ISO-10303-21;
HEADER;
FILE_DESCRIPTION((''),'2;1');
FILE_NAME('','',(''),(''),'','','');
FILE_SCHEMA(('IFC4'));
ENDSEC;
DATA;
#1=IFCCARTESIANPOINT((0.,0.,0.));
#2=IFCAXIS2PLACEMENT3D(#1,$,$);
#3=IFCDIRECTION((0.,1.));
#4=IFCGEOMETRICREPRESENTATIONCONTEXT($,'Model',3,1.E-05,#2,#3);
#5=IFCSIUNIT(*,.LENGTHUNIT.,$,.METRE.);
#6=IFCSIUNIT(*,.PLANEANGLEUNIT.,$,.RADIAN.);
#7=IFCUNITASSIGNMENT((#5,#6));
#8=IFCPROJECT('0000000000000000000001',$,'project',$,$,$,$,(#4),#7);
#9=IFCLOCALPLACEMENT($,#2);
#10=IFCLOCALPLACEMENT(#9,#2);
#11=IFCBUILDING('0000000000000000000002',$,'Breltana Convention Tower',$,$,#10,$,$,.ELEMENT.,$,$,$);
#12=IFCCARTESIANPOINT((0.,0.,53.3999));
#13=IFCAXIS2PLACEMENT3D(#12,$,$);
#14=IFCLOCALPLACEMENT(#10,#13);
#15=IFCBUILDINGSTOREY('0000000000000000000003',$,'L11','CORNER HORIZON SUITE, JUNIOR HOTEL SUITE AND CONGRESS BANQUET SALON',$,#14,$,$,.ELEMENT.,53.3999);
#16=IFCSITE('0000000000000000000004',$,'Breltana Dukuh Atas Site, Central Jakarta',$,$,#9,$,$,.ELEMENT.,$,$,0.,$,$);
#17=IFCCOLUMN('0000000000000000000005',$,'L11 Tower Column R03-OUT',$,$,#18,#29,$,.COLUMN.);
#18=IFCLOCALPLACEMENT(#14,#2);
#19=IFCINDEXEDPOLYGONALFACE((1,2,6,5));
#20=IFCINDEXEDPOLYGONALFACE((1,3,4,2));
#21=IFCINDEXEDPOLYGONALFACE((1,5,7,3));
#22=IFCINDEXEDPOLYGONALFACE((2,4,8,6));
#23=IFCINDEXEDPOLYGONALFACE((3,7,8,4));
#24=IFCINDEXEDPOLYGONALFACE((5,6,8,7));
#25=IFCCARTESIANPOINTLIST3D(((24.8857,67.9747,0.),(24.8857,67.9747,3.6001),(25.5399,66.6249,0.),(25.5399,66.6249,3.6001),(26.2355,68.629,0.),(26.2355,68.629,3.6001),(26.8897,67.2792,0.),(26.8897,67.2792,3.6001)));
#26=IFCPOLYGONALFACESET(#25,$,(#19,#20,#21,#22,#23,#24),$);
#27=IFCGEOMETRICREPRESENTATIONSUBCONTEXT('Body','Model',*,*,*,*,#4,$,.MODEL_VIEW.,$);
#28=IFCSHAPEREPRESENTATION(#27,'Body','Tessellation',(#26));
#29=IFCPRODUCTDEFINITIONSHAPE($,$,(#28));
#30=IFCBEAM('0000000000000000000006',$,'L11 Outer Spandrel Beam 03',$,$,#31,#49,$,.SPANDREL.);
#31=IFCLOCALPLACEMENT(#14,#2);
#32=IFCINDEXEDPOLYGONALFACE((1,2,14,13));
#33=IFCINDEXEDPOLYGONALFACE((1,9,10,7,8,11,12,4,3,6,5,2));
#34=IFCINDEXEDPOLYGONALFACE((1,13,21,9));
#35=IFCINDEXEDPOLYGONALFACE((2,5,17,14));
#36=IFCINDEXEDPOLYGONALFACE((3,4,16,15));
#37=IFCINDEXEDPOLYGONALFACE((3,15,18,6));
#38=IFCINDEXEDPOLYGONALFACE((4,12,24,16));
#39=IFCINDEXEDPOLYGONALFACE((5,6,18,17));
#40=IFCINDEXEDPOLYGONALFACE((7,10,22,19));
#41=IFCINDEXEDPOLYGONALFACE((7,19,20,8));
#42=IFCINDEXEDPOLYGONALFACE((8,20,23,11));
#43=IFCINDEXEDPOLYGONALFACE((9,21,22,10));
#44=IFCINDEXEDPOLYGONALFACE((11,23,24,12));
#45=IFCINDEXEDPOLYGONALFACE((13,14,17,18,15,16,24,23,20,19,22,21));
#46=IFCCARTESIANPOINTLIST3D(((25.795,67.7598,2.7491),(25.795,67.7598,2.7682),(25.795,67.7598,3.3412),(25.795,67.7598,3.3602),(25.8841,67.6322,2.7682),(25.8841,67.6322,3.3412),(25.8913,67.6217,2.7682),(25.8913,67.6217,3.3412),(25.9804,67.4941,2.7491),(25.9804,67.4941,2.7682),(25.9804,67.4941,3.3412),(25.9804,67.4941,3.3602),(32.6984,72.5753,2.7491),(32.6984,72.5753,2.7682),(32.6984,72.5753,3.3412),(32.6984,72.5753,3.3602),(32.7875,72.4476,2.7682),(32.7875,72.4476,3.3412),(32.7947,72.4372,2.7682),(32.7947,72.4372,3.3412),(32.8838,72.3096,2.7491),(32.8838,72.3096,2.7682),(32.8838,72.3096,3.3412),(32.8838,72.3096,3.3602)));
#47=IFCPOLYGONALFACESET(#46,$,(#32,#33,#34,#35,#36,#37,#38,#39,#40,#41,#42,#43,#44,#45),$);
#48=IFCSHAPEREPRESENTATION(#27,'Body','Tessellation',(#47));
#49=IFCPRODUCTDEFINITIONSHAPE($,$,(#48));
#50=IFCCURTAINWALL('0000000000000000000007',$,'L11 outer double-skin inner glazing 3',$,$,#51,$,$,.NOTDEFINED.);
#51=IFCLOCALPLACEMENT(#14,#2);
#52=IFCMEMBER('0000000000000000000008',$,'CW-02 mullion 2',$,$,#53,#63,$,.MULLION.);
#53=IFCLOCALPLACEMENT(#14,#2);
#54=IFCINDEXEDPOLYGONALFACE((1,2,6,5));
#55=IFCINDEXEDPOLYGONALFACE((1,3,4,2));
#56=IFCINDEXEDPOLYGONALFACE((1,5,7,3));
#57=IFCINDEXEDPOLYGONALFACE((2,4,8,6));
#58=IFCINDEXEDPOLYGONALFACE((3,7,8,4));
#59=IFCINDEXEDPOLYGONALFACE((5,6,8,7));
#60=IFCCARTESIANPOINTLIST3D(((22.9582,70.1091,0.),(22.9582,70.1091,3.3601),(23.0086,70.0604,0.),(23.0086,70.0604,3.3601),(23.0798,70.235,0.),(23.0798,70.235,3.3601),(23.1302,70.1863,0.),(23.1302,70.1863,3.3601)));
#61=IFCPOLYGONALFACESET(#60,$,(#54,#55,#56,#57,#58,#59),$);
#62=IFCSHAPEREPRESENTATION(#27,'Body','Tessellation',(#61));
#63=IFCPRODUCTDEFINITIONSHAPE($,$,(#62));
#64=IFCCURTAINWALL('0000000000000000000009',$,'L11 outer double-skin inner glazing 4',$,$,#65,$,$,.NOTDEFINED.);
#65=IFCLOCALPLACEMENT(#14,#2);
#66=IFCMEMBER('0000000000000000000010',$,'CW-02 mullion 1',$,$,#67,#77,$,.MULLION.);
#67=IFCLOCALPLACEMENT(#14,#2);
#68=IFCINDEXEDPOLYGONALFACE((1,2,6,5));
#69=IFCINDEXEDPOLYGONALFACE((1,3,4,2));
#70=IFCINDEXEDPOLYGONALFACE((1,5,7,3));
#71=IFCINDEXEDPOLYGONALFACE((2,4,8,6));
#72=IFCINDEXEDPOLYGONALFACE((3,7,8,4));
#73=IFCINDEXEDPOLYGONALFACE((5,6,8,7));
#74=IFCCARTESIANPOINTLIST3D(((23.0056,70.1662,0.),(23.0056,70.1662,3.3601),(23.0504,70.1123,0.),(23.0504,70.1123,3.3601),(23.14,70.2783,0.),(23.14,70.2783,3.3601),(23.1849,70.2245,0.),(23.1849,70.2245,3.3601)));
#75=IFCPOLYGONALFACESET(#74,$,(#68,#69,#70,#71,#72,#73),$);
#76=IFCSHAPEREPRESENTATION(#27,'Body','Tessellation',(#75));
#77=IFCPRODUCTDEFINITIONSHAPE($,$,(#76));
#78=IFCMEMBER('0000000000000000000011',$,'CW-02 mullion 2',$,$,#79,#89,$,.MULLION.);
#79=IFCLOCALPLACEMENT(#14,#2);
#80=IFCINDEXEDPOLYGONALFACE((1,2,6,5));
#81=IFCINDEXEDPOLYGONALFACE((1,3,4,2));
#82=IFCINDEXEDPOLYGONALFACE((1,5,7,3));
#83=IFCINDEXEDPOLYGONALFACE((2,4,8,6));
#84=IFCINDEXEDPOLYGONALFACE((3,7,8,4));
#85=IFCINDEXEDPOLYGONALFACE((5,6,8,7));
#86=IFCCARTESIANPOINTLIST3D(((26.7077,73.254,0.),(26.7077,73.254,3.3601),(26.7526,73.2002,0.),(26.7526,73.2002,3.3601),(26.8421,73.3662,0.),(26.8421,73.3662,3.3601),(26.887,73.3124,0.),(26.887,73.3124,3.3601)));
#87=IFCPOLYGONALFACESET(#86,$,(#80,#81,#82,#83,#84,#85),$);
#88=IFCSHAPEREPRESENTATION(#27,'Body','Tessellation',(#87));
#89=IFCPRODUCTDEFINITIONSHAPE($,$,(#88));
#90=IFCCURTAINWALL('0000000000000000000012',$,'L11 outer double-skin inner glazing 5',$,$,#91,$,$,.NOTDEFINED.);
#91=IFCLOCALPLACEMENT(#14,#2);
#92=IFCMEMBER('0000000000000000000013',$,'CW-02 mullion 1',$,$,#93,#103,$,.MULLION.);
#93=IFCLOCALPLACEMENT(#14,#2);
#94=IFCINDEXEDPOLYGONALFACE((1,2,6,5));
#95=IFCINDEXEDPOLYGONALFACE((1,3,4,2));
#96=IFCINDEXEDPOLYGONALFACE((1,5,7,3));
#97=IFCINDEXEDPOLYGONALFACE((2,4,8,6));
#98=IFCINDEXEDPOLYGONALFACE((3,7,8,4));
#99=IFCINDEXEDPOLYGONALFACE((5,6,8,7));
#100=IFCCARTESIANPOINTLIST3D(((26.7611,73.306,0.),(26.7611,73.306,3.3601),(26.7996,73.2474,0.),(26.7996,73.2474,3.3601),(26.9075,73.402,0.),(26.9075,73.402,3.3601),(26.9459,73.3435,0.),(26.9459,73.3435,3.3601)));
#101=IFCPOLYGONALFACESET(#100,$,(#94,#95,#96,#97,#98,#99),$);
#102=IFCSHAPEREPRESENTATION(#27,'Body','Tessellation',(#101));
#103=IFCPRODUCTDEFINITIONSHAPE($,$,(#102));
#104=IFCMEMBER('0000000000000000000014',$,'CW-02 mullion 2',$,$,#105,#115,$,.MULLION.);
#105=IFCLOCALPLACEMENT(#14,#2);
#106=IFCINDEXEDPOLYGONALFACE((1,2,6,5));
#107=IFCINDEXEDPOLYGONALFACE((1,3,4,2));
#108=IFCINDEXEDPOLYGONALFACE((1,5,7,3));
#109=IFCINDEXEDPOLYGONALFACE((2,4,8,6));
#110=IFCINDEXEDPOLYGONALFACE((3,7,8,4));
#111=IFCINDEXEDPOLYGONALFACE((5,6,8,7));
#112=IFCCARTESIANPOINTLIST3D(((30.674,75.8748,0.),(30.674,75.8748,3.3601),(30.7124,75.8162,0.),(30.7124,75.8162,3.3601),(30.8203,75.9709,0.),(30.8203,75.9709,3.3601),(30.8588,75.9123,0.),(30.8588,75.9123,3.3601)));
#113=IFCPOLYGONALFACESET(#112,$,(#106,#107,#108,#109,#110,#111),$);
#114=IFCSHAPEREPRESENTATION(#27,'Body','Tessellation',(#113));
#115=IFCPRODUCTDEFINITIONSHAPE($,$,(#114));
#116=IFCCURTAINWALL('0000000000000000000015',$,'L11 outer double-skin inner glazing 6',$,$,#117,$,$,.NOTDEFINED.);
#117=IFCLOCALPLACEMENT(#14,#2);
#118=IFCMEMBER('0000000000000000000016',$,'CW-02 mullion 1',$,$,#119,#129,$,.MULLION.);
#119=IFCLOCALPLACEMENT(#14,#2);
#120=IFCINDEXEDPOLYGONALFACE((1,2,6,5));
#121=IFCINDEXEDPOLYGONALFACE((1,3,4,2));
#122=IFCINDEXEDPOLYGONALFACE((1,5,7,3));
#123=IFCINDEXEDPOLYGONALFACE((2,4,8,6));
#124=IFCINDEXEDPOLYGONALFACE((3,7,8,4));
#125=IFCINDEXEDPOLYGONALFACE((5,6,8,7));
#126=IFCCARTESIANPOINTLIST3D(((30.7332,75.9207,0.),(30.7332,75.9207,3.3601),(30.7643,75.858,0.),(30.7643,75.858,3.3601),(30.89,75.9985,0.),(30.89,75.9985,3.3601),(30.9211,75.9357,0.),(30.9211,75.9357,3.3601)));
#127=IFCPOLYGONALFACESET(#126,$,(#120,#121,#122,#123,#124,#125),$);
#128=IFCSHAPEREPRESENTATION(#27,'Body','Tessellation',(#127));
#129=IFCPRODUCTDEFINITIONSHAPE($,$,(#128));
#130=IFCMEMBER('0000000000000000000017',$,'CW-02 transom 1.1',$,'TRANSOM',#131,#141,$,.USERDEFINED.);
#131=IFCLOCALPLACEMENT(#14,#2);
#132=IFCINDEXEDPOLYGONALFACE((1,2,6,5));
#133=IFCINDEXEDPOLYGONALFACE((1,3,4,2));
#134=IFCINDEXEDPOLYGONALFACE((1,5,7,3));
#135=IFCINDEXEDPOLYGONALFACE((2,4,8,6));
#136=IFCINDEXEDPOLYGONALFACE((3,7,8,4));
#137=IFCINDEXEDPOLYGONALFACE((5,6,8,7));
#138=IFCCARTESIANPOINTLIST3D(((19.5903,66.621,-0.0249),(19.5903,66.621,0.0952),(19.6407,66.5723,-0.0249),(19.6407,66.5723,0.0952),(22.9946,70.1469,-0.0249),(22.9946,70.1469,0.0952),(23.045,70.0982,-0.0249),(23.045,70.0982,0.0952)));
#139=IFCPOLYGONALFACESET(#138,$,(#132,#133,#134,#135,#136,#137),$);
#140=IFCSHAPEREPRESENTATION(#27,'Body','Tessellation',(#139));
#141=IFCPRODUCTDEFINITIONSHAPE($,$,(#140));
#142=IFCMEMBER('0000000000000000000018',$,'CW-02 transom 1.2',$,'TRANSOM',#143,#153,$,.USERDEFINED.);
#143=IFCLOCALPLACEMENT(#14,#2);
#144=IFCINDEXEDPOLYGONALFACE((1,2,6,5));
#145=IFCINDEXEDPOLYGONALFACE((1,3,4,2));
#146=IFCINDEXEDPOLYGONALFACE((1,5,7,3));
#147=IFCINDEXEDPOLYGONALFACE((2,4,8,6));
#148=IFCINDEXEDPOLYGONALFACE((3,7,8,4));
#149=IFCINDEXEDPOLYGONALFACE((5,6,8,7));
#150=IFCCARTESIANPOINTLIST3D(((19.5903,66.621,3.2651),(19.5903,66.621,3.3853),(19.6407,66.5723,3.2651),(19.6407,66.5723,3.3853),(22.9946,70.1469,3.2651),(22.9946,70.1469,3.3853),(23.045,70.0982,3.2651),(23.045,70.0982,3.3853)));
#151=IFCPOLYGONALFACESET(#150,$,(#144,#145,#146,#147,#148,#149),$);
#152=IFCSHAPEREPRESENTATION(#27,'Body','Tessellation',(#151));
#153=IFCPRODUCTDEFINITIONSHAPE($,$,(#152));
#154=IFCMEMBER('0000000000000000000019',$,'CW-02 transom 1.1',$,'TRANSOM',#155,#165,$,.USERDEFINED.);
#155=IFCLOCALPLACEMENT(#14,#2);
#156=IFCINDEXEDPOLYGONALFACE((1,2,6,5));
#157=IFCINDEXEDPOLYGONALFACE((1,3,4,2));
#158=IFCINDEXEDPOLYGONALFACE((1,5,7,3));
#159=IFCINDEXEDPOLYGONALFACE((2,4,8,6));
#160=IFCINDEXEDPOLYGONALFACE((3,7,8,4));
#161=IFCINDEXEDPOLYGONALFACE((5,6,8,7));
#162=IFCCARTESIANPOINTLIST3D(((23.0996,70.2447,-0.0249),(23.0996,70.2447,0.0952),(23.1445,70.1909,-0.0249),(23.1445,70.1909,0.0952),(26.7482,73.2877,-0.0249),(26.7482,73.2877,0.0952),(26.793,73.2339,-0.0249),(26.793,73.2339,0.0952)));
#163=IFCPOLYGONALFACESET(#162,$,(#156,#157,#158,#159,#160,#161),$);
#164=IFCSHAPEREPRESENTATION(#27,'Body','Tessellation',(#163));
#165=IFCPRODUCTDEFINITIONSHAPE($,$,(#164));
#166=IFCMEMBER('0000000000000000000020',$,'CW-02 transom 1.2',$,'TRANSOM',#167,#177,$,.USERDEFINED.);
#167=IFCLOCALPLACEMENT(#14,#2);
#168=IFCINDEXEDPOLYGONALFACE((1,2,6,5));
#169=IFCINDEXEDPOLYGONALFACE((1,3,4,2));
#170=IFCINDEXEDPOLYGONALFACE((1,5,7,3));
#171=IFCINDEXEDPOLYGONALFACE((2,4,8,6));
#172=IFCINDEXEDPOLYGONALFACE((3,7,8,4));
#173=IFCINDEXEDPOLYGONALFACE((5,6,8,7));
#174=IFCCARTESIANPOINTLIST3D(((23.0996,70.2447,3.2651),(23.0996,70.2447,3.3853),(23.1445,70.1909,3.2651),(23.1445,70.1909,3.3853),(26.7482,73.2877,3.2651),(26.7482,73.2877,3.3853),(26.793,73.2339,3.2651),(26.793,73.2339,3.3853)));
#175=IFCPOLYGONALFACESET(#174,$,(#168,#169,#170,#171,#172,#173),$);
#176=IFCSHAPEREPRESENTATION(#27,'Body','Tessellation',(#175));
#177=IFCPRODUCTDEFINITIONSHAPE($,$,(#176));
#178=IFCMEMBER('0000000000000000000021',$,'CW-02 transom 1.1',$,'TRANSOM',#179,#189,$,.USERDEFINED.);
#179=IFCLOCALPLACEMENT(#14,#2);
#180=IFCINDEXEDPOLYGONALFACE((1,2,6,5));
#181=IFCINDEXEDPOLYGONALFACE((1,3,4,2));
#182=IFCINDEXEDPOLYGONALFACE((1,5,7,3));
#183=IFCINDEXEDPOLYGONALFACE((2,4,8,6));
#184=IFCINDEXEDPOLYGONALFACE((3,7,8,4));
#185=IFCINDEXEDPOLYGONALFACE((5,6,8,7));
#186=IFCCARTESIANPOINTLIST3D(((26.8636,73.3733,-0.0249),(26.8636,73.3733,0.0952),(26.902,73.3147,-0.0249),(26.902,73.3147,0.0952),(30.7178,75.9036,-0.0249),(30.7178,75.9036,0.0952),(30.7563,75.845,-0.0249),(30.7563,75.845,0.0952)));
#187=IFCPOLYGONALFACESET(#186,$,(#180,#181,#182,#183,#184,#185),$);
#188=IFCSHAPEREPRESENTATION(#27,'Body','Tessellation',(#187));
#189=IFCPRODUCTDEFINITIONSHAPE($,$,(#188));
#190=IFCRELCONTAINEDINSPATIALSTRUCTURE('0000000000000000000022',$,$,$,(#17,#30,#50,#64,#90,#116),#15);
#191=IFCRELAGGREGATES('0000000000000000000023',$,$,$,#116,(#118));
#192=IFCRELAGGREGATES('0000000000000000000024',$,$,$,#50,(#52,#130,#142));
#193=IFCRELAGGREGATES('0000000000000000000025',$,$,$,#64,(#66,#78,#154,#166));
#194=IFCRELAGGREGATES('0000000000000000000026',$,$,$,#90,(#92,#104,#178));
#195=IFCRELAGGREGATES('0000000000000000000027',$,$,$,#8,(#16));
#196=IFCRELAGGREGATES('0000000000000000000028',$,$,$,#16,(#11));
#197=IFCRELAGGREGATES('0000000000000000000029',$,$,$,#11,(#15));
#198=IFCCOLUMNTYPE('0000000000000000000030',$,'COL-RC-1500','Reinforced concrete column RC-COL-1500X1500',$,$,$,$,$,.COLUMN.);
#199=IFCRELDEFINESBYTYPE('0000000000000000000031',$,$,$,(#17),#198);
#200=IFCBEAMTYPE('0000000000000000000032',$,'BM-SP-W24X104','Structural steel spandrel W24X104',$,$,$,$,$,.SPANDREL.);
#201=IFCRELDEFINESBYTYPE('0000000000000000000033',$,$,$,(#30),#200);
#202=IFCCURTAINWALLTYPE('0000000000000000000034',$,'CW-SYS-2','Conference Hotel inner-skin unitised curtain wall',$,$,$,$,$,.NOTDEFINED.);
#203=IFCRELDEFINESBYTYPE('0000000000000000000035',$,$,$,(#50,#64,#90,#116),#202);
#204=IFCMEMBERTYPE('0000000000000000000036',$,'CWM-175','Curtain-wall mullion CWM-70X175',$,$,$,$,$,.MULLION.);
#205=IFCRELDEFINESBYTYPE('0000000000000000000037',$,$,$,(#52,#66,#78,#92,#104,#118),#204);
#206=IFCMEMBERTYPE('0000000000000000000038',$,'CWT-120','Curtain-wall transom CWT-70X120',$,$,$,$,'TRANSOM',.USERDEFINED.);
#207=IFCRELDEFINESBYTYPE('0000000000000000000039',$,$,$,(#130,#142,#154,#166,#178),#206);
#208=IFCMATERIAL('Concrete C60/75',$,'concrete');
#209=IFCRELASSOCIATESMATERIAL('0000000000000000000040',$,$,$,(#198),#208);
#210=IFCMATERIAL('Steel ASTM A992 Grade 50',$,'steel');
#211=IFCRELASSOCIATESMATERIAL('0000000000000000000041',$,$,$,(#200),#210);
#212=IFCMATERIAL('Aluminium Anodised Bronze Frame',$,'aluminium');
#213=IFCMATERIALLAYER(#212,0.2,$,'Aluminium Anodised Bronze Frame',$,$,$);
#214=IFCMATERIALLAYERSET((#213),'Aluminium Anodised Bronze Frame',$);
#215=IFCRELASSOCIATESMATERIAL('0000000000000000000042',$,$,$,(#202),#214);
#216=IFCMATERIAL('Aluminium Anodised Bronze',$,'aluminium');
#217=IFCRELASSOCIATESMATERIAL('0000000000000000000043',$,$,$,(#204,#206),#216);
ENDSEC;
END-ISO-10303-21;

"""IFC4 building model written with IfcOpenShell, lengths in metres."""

from ifc_helpers import new_model, si_unit, direction, frame, origin, origin_2d, place, context, subcontext, project, spatial, rectangle, i_section, extrude, source, transform, mapped, material, layer, layer_set, material_profile, profile_set, type_object, type_shapes, element, aggregate, save


model = new_model("IFC4")

# Units and contexts
model_context = context("Model", 3, precision=1e-05, world=origin(), true_north=direction((0.0, 1.0)))
body_context = subcontext(model_context, "Body", "Model", "MODEL_VIEW")
ifc_project = project(units=[si_unit("LENGTHUNIT", "METRE"), si_unit("PLANEANGLEUNIT", "RADIAN")], contexts=[model_context])

# Site, building, storey
site_placement = place(None, origin())
site = spatial("IfcSite", under=ifc_project, at=site_placement, Name="Breltana Dukuh Atas Site, Central Jakarta", CompositionType="ELEMENT", RefElevation=0.0)
building_placement = place(site_placement, origin())
building = spatial("IfcBuilding", under=site, at=building_placement, Name="Breltana Convention Tower", CompositionType="ELEMENT")
storey_placement = place(building_placement, frame((0.0, 0.0, 53.3999)))
storey = spatial("IfcBuildingStorey", under=building, at=storey_placement, Name="L11", Description="CORNER HORIZON SUITE, JUNIOR HOTEL SUITE AND CONGRESS BANQUET SALON", CompositionType="ELEMENT", Elevation=53.3999)

# Column
ifc_material_1 = material(Name="Concrete C60/75", Category="concrete")
ifc_material_profile_1 = material_profile(ifc_material_1, rectangle(XDim=1.5, YDim=1.5, at=origin_2d()), Name="RC-COL-1500X1500")
ifc_profile_set_1 = profile_set([ifc_material_profile_1], Name="Concrete C60/75")
column_type = type_object("IfcColumnType", Name="COL-RC-1500", Description="Reinforced concrete column RC-COL-1500X1500", PredefinedType="COLUMN", material=ifc_profile_set_1)
shared_shape_1 = source(origin(), body_context, "Body", "SweptSolid", [
    extrude(rectangle(XDim=1.5, YDim=1.5, at=origin_2d()), origin(), (0.0, 0.0, 1.0), 3.6001),
])
column_placement = place(storey_placement, frame((25.8877, 67.627, 0.0), z_axis=(0.0, 0.0, 1.0), x_axis=(-0.436174, 0.899863, 0.0)))
element("IfcColumn", 1, at=column_placement, inside=storey, type_object=column_type, Name="L11 Tower Column R03-OUT", PredefinedType="COLUMN", context=body_context, shape_type="MappedRepresentation", body=[
    mapped(shared_shape_1, transform((0.0, 0.0, 0.0), scale=1.0)),
])

# Beam
ifc_material_2 = material(Name="Steel ASTM A992 Grade 50", Category="steel")
ifc_material_profile_2 = material_profile(ifc_material_2, i_section(OverallWidth=0.324, OverallDepth=0.6111, WebThickness=0.0127, FlangeThickness=0.019, at=origin_2d()), Name="W24X104")
ifc_profile_set_2 = profile_set([ifc_material_profile_2], Name="Steel ASTM A992 Grade 50")
beam_type = type_object("IfcBeamType", Name="BM-SP-W24X104", Description="Structural steel spandrel W24X104", PredefinedType="SPANDREL", material=ifc_profile_set_2)
shared_shape_2 = source(origin(), body_context, "Body", "SweptSolid", [
    extrude(i_section(OverallWidth=0.324, OverallDepth=0.6111, WebThickness=0.0127, FlangeThickness=0.019, at=origin_2d()), origin(), (0.0, 0.0, 1.0), 8.417),
])
beam_placement = place(storey_placement, frame((25.8877, 67.627, 3.0547), z_axis=(0.820174, 0.572114, 0.0), x_axis=(-0.572114, 0.820174, 0.0)))
element("IfcBeam", 2, at=beam_placement, inside=storey, type_object=beam_type, Name="L11 Outer Spandrel Beam 03", PredefinedType="SPANDREL", context=body_context, shape_type="MappedRepresentation", body=[
    mapped(shared_shape_2, transform((0.0, 0.0, 0.0), scale=1.0)),
])

# Curtain wall, member
ifc_material_3 = material(Name="Aluminium Anodised Bronze Frame", Category="aluminium")
ifc_layer_1 = layer(ifc_material_3, 0.2, Name="Aluminium Anodised Bronze Frame")
ifc_layer_set_1 = layer_set([ifc_layer_1], Name="Aluminium Anodised Bronze Frame")
curtain_wall_type = type_object("IfcCurtainWallType", Name="CW-SYS-2", Description="Conference Hotel inner-skin unitised curtain wall", PredefinedType="NOTDEFINED", material=ifc_layer_set_1)
curtain_wall_1_placement = place(storey_placement, origin())
curtain_wall_1 = element("IfcCurtainWall", 3, at=curtain_wall_1_placement, inside=storey, type_object=curtain_wall_type, Name="L11 outer double-skin inner glazing 3", PredefinedType="NOTDEFINED")
ifc_material_4 = material(Name="Aluminium Anodised Bronze", Category="aluminium")
ifc_material_profile_3 = material_profile(ifc_material_4, rectangle(XDim=0.0701, YDim=0.175, at=origin_2d()), Name="CWM-70X175")
ifc_profile_set_3 = profile_set([ifc_material_profile_3], Name="Aluminium Anodised Bronze")
member_type_1 = type_object("IfcMemberType", Name="CWM-175", Description="Curtain-wall mullion CWM-70X175", PredefinedType="MULLION", material=ifc_profile_set_3)
shared_shape_3 = source(origin(), body_context, "Body", "SweptSolid", [
    extrude(rectangle(XDim=0.0701, YDim=0.175, at=origin_2d()), origin(), (0.0, 0.0, 1.0), 3.3601),
])
type_shapes(member_type_1, [shared_shape_3])
member_1_placement = place(storey_placement, frame((23.0442, 70.1477, 0.0), z_axis=(0.0, 0.0, 1.0), x_axis=(-0.719386, 0.69461, 0.0)))
member_1 = element("IfcMember", 4, at=member_1_placement, type_object=member_type_1, Name="CW-02 mullion 2", PredefinedType="MULLION", context=body_context, shape_type="MappedRepresentation", body=[
    mapped(shared_shape_3, transform((0.0, 0.0, 0.0), scale=1.0)),
])

# Curtain walls, members
curtain_wall_2_placement = place(storey_placement, origin())
curtain_wall_2 = element("IfcCurtainWall", 5, at=curtain_wall_2_placement, inside=storey, type_object=curtain_wall_type, Name="L11 outer double-skin inner glazing 4", PredefinedType="NOTDEFINED")
member_2_placement = place(storey_placement, frame((23.0952, 70.1953, 0.0), z_axis=(0.0, 0.0, 1.0), x_axis=(-0.64052, 0.767941, 0.0)))
member_2 = element("IfcMember", 6, at=member_2_placement, type_object=member_type_1, Name="CW-02 mullion 1", PredefinedType="MULLION", context=body_context, shape_type="MappedRepresentation", body=[
    mapped(shared_shape_3, transform((0.0, 0.0, 0.0), scale=1.0)),
])
member_3_placement = place(storey_placement, frame((26.7974, 73.2832, 0.0), z_axis=(0.0, 0.0, 1.0), x_axis=(-0.64052, 0.767941, 0.0)))
member_3 = element("IfcMember", 7, at=member_3_placement, type_object=member_type_1, Name="CW-02 mullion 2", PredefinedType="MULLION", context=body_context, shape_type="MappedRepresentation", body=[
    mapped(shared_shape_3, transform((0.0, 0.0, 0.0), scale=1.0)),
])
curtain_wall_3_placement = place(storey_placement, origin())
curtain_wall_3 = element("IfcCurtainWall", 8, at=curtain_wall_3_placement, inside=storey, type_object=curtain_wall_type, Name="L11 outer double-skin inner glazing 5", PredefinedType="NOTDEFINED")
member_4_placement = place(storey_placement, frame((26.8535, 73.3247, 0.0), z_axis=(0.0, 0.0, 1.0), x_axis=(-0.548784, 0.835964, 0.0)))
member_4 = element("IfcMember", 9, at=member_4_placement, type_object=member_type_1, Name="CW-02 mullion 1", PredefinedType="MULLION", context=body_context, shape_type="MappedRepresentation", body=[
    mapped(shared_shape_3, transform((0.0, 0.0, 0.0), scale=1.0)),
])
member_5_placement = place(storey_placement, frame((30.7664, 75.8936, 0.0), z_axis=(0.0, 0.0, 1.0), x_axis=(-0.548784, 0.835964, 0.0)))
member_5 = element("IfcMember", 10, at=member_5_placement, type_object=member_type_1, Name="CW-02 mullion 2", PredefinedType="MULLION", context=body_context, shape_type="MappedRepresentation", body=[
    mapped(shared_shape_3, transform((0.0, 0.0, 0.0), scale=1.0)),
])

# Curtain wall, member
curtain_wall_4_placement = place(storey_placement, origin())
curtain_wall_4 = element("IfcCurtainWall", 11, at=curtain_wall_4_placement, inside=storey, type_object=curtain_wall_type, Name="L11 outer double-skin inner glazing 6", PredefinedType="NOTDEFINED")
member_6_placement = place(storey_placement, frame((30.8271, 75.9282, 0.0), z_axis=(0.0, 0.0, 1.0), x_axis=(-0.444108, 0.895973, 0.0)))
member_6 = element("IfcMember", 12, at=member_6_placement, type_object=member_type_1, Name="CW-02 mullion 1", PredefinedType="MULLION", context=body_context, shape_type="MappedRepresentation", body=[
    mapped(shared_shape_3, transform((0.0, 0.0, 0.0), scale=1.0)),
])

# Members
ifc_material_profile_4 = material_profile(ifc_material_4, rectangle(XDim=0.0701, YDim=0.1201, at=origin_2d()), Name="CWT-70X120")
ifc_profile_set_4 = profile_set([ifc_material_profile_4], Name="Aluminium Anodised Bronze")
member_type_2 = type_object("IfcMemberType", Name="CWT-120", Description="Curtain-wall transom CWT-70X120", ElementType="TRANSOM", PredefinedType="USERDEFINED", material=ifc_profile_set_4)
shared_shape_4 = source(origin(), body_context, "Body", "SweptSolid", [
    extrude(rectangle(XDim=0.0701, YDim=0.1201, at=origin_2d()), origin(), (0.0, 0.0, 1.0), 4.9011),
])
member_7_placement = place(storey_placement, frame((19.6155, 66.5967, 0.0352), z_axis=(0.694595, 0.719401, 0.0), x_axis=(-0.719401, 0.694595, 0.0)))
member_7 = element("IfcMember", 13, at=member_7_placement, type_object=member_type_2, Name="CW-02 transom 1.1", ObjectType="TRANSOM", PredefinedType="USERDEFINED", context=body_context, shape_type="MappedRepresentation", body=[
    mapped(shared_shape_4, transform((0.0, 0.0, 0.0), scale=1.0)),
])
member_8_placement = place(storey_placement, frame((19.6155, 66.5967, 3.3252), z_axis=(0.694595, 0.719401, 0.0), x_axis=(-0.719401, 0.694595, 0.0)))
member_8 = element("IfcMember", 14, at=member_8_placement, type_object=member_type_2, Name="CW-02 transom 1.2", ObjectType="TRANSOM", PredefinedType="USERDEFINED", context=body_context, shape_type="MappedRepresentation", body=[
    mapped(shared_shape_4, transform((0.0, 0.0, 0.0), scale=1.0)),
])
shared_shape_5 = source(origin(), body_context, "Body", "SweptSolid", [
    extrude(rectangle(XDim=0.0701, YDim=0.1201, at=origin_2d()), origin(), (0.0, 0.0, 1.0), 4.751),
])
member_9_placement = place(storey_placement, frame((23.1221, 70.2178, 0.0352), z_axis=(0.767952, 0.640508, 0.0), x_axis=(-0.640508, 0.767952, 0.0)))
member_9 = element("IfcMember", 15, at=member_9_placement, type_object=member_type_2, Name="CW-02 transom 1.1", ObjectType="TRANSOM", PredefinedType="USERDEFINED", context=body_context, shape_type="MappedRepresentation", body=[
    mapped(shared_shape_5, transform((0.0, 0.0, 0.0), scale=1.0)),
])
member_10_placement = place(storey_placement, frame((23.1221, 70.2178, 3.3252), z_axis=(0.767952, 0.640508, 0.0), x_axis=(-0.640508, 0.767952, 0.0)))
member_10 = element("IfcMember", 16, at=member_10_placement, type_object=member_type_2, Name="CW-02 transom 1.2", ObjectType="TRANSOM", PredefinedType="USERDEFINED", context=body_context, shape_type="MappedRepresentation", body=[
    mapped(shared_shape_5, transform((0.0, 0.0, 0.0), scale=1.0)),
])
shared_shape_6 = source(origin(), body_context, "Body", "SweptSolid", [
    extrude(rectangle(XDim=0.0701, YDim=0.1201, at=origin_2d()), origin(), (0.0, 0.0, 1.0), 4.6106),
])
member_11_placement = place(storey_placement, frame((26.8828, 73.344, 0.0352), z_axis=(0.835956, 0.548796, 0.0), x_axis=(-0.548796, 0.835956, 0.0)))
member_11 = element("IfcMember", 17, at=member_11_placement, type_object=member_type_2, Name="CW-02 transom 1.1", ObjectType="TRANSOM", PredefinedType="USERDEFINED", context=body_context, shape_type="MappedRepresentation", body=[
    mapped(shared_shape_6, transform((0.0, 0.0, 0.0), scale=1.0)),
])
aggregate(curtain_wall_4, [member_6])

aggregate(curtain_wall_1, [member_1, member_7, member_8])
aggregate(curtain_wall_2, [member_2, member_3, member_9, member_10])
aggregate(curtain_wall_3, [member_4, member_5, member_11])

save(model, "model.ifc")
